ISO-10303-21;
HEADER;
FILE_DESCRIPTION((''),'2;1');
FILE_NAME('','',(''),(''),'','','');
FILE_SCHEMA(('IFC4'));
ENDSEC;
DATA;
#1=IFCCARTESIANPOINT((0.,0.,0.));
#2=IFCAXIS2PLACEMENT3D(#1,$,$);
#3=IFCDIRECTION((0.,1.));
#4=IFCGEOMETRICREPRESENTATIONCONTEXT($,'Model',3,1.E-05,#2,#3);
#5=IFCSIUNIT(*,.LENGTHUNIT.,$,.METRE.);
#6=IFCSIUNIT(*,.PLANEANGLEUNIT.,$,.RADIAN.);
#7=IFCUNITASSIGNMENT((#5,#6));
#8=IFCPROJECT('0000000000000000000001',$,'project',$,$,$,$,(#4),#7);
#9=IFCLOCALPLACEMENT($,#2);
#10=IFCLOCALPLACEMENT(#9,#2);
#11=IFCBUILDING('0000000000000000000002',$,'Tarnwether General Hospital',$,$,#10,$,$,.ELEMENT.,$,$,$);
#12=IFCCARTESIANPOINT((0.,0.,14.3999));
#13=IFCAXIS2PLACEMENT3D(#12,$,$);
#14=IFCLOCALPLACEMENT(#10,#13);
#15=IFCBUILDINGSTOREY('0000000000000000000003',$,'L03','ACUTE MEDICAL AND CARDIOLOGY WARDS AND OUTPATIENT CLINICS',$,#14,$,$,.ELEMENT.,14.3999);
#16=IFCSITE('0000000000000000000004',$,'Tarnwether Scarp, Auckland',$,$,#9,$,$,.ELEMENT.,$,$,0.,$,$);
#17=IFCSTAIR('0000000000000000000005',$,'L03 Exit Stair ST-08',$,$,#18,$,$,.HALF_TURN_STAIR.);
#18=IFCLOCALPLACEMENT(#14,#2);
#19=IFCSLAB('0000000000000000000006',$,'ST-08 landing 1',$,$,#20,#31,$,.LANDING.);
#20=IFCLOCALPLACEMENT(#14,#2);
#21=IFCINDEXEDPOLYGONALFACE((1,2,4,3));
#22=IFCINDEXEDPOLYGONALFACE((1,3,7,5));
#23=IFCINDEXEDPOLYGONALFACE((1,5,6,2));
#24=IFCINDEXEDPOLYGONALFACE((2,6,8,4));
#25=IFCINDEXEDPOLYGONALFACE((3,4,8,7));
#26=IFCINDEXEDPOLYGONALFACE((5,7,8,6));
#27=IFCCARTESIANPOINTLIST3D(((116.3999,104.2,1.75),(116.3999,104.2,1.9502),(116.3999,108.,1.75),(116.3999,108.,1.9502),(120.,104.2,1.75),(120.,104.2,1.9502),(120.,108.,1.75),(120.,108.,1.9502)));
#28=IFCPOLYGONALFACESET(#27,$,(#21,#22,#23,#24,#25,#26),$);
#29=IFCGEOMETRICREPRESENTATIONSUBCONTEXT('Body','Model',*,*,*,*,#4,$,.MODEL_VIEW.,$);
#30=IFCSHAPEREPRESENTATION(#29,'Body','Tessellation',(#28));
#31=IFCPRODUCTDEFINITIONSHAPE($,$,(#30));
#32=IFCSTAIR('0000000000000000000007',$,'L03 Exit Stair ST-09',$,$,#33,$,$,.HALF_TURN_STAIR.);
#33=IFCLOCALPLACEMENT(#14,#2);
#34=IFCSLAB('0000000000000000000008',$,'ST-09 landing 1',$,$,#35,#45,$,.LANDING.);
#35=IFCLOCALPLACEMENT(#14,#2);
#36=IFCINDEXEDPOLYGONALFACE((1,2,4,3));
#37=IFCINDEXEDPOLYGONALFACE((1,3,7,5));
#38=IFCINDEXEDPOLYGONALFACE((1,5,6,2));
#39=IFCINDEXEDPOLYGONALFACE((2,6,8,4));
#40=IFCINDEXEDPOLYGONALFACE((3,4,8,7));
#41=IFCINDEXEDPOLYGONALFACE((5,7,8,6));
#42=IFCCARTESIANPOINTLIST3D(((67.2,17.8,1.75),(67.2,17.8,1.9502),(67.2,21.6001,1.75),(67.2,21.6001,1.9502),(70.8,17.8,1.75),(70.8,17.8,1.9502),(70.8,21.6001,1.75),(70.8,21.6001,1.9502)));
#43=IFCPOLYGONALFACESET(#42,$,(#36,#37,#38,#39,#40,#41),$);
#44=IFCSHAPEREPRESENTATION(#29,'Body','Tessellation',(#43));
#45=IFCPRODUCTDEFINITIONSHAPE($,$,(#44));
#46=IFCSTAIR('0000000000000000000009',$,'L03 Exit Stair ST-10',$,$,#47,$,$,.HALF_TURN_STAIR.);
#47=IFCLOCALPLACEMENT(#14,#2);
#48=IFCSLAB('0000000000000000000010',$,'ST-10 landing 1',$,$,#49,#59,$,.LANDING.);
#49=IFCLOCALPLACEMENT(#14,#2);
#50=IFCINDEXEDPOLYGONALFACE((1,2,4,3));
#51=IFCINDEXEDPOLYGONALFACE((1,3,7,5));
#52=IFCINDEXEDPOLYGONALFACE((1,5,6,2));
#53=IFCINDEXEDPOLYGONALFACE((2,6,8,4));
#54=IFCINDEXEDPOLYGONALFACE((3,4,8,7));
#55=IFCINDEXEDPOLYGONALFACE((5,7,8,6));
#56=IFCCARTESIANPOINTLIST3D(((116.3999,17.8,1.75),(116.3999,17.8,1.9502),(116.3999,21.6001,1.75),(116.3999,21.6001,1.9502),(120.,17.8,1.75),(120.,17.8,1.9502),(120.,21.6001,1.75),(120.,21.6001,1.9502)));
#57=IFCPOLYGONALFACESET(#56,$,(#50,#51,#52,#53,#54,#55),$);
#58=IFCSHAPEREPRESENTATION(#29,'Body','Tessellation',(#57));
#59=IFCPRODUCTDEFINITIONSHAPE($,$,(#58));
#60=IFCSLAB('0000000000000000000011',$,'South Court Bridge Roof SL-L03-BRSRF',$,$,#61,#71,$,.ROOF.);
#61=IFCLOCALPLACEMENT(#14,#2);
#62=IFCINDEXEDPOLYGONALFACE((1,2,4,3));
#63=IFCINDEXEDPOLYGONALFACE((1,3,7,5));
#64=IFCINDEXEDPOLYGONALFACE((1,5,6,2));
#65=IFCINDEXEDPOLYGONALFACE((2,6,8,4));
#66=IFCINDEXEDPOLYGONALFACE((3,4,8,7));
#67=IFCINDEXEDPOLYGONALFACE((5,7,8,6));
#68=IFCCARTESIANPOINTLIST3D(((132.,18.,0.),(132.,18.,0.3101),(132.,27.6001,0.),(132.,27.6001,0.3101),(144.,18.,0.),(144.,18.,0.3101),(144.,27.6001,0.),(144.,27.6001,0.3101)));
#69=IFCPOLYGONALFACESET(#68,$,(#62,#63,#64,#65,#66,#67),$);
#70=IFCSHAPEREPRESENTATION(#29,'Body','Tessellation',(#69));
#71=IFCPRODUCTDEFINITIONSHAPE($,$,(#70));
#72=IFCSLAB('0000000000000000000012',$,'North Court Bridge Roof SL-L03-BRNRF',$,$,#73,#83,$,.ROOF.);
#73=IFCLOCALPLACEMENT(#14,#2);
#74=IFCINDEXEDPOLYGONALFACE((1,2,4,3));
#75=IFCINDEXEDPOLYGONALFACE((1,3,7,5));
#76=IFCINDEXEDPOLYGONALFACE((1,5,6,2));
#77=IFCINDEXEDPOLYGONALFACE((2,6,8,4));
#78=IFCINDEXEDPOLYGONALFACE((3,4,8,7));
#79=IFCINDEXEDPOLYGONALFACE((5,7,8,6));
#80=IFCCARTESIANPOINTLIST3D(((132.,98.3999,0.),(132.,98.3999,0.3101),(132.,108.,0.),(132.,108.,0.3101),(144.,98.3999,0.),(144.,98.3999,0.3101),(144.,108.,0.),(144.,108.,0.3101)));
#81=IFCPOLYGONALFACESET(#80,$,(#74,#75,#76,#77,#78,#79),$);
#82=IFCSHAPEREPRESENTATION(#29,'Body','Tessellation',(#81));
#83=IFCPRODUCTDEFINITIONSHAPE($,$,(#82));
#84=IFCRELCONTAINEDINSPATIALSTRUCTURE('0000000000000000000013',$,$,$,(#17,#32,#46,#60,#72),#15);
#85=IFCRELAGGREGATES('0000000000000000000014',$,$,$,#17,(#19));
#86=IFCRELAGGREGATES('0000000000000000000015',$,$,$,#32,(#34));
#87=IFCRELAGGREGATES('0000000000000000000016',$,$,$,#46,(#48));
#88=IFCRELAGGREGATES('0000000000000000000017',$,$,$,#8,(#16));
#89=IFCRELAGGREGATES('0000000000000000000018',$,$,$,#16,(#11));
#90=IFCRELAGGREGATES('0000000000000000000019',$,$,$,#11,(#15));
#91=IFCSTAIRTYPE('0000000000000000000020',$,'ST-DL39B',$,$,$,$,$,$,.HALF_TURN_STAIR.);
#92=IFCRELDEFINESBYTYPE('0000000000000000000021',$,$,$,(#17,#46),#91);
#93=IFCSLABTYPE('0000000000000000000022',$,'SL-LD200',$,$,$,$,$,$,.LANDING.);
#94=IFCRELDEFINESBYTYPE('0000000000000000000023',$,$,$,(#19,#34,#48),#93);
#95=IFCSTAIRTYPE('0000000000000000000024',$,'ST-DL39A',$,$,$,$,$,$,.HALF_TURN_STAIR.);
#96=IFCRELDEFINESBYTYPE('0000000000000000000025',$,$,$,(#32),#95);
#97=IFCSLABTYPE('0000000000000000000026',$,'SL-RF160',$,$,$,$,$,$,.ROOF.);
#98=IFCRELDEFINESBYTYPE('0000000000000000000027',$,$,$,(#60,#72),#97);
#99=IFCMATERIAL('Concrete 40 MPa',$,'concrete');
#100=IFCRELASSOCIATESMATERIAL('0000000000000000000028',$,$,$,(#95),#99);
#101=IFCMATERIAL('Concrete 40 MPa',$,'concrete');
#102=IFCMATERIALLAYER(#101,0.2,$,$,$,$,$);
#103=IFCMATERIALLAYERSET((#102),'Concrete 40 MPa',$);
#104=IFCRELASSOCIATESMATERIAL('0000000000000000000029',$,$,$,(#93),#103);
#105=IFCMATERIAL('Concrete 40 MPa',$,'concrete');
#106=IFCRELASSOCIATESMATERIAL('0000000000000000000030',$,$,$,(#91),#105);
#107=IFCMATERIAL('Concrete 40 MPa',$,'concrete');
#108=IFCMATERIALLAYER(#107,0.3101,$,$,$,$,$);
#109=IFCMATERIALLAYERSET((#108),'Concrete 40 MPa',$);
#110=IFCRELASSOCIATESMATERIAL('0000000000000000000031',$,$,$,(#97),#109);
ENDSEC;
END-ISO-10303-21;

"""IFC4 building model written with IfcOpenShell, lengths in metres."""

from ifc_helpers import new_model, si_unit, direction, frame, origin, place, context, subcontext, project, spatial, polyline, outline, extrude, material, layer, layer_set, type_object, element, aggregate, save


model = new_model("IFC4")

# Units and contexts
model_context = context("Model", 3, precision=1e-05, world=origin(), true_north=direction((0.0, 1.0)))
body_context = subcontext(model_context, "Body", "Model", "MODEL_VIEW")
ifc_project = project(units=[si_unit("LENGTHUNIT", "METRE"), si_unit("PLANEANGLEUNIT", "RADIAN")], contexts=[model_context])

# Site, building, storey
site_placement = place(None, origin())
site = spatial("IfcSite", under=ifc_project, at=site_placement, Name="Tarnwether Scarp, Auckland", CompositionType="ELEMENT", RefElevation=0.0)
building_placement = place(site_placement, origin())
building = spatial("IfcBuilding", under=site, at=building_placement, Name="Tarnwether General Hospital", CompositionType="ELEMENT")
storey_placement = place(building_placement, frame((0.0, 0.0, 14.3999)))
storey = spatial("IfcBuildingStorey", under=building, at=storey_placement, Name="L03", Description="ACUTE MEDICAL AND CARDIOLOGY WARDS AND OUTPATIENT CLINICS", CompositionType="ELEMENT", Elevation=14.3999)

# Stairs, slabs
ifc_material_1 = material(Name="Concrete 40 MPa", Category="concrete")
stair_type_1 = type_object("IfcStairType", Name="ST-DL39A", PredefinedType="HALF_TURN_STAIR", material=ifc_material_1)
ifc_material_2 = material(Name="Concrete 40 MPa", Category="concrete")
ifc_layer_1 = layer(ifc_material_2, 0.2)
ifc_layer_set_1 = layer_set([ifc_layer_1], Name="Concrete 40 MPa")
slab_type_1 = type_object("IfcSlabType", Name="SL-LD200", PredefinedType="LANDING", material=ifc_layer_set_1)
ifc_material_3 = material(Name="Concrete 40 MPa", Category="concrete")
stair_type_2 = type_object("IfcStairType", Name="ST-DL39B", PredefinedType="HALF_TURN_STAIR", material=ifc_material_3)
stair_1_placement = place(storey_placement, origin())
stair_1 = element("IfcStair", 1, at=stair_1_placement, inside=storey, type_object=stair_type_2, Name="L03 Exit Stair ST-08", PredefinedType="HALF_TURN_STAIR")
slab_1_placement = place(storey_placement, frame((0.0, 0.0, 1.75)))
slab_1 = element("IfcSlab", 2, at=slab_1_placement, type_object=slab_type_1, Name="ST-08 landing 1", PredefinedType="LANDING", context=body_context, shape_type="SweptSolid", body=[
    extrude(outline(polyline([(116.3999, 104.2), (120.0, 104.2), (120.0, 108.0), (116.3999, 108.0), (116.3999, 104.2)])), origin(), (0.0, 0.0, 1.0), 0.2002),
])
aggregate(stair_1, [slab_1])
stair_2_placement = place(storey_placement, origin())
stair_2 = element("IfcStair", 3, at=stair_2_placement, inside=storey, type_object=stair_type_1, Name="L03 Exit Stair ST-09", PredefinedType="HALF_TURN_STAIR")
slab_2_placement = place(storey_placement, frame((0.0, 0.0, 1.75)))
slab_2 = element("IfcSlab", 4, at=slab_2_placement, type_object=slab_type_1, Name="ST-09 landing 1", PredefinedType="LANDING", context=body_context, shape_type="SweptSolid", body=[
    extrude(outline(polyline([(67.2, 17.8), (70.8, 17.8), (70.8, 21.6001), (67.2, 21.6001), (67.2, 17.8)])), origin(), (0.0, 0.0, 1.0), 0.2002),
])
aggregate(stair_2, [slab_2])
stair_3_placement = place(storey_placement, origin())
stair_3 = element("IfcStair", 5, at=stair_3_placement, inside=storey, type_object=stair_type_2, Name="L03 Exit Stair ST-10", PredefinedType="HALF_TURN_STAIR")
slab_3_placement = place(storey_placement, frame((0.0, 0.0, 1.75)))
slab_3 = element("IfcSlab", 6, at=slab_3_placement, type_object=slab_type_1, Name="ST-10 landing 1", PredefinedType="LANDING", context=body_context, shape_type="SweptSolid", body=[
    extrude(outline(polyline([(116.3999, 17.8), (120.0, 17.8), (120.0, 21.6001), (116.3999, 21.6001), (116.3999, 17.8)])), origin(), (0.0, 0.0, 1.0), 0.2002),
])
aggregate(stair_3, [slab_3])

# Slabs
ifc_material_4 = material(Name="Concrete 40 MPa", Category="concrete")
ifc_layer_2 = layer(ifc_material_4, 0.3101)
ifc_layer_set_2 = layer_set([ifc_layer_2], Name="Concrete 40 MPa")
slab_type_2 = type_object("IfcSlabType", Name="SL-RF160", PredefinedType="ROOF", material=ifc_layer_set_2)
slab_4_placement = place(storey_placement, origin())
element("IfcSlab", 7, at=slab_4_placement, inside=storey, type_object=slab_type_2, Name="South Court Bridge Roof SL-L03-BRSRF", PredefinedType="ROOF", context=body_context, shape_type="SweptSolid", body=[
    extrude(outline(polyline([(144.0, 18.0), (144.0, 27.6001), (132.0, 27.6001), (132.0, 18.0), (144.0, 18.0)])), origin(), (0.0, 0.0, 1.0), 0.3101),
])
slab_5_placement = place(storey_placement, origin())
element("IfcSlab", 8, at=slab_5_placement, inside=storey, type_object=slab_type_2, Name="North Court Bridge Roof SL-L03-BRNRF", PredefinedType="ROOF", context=body_context, shape_type="SweptSolid", body=[
    extrude(outline(polyline([(144.0, 98.3999), (144.0, 108.0), (132.0, 108.0), (132.0, 98.3999), (144.0, 98.3999)])), origin(), (0.0, 0.0, 1.0), 0.3101),
])

save(model, "model.ifc")
